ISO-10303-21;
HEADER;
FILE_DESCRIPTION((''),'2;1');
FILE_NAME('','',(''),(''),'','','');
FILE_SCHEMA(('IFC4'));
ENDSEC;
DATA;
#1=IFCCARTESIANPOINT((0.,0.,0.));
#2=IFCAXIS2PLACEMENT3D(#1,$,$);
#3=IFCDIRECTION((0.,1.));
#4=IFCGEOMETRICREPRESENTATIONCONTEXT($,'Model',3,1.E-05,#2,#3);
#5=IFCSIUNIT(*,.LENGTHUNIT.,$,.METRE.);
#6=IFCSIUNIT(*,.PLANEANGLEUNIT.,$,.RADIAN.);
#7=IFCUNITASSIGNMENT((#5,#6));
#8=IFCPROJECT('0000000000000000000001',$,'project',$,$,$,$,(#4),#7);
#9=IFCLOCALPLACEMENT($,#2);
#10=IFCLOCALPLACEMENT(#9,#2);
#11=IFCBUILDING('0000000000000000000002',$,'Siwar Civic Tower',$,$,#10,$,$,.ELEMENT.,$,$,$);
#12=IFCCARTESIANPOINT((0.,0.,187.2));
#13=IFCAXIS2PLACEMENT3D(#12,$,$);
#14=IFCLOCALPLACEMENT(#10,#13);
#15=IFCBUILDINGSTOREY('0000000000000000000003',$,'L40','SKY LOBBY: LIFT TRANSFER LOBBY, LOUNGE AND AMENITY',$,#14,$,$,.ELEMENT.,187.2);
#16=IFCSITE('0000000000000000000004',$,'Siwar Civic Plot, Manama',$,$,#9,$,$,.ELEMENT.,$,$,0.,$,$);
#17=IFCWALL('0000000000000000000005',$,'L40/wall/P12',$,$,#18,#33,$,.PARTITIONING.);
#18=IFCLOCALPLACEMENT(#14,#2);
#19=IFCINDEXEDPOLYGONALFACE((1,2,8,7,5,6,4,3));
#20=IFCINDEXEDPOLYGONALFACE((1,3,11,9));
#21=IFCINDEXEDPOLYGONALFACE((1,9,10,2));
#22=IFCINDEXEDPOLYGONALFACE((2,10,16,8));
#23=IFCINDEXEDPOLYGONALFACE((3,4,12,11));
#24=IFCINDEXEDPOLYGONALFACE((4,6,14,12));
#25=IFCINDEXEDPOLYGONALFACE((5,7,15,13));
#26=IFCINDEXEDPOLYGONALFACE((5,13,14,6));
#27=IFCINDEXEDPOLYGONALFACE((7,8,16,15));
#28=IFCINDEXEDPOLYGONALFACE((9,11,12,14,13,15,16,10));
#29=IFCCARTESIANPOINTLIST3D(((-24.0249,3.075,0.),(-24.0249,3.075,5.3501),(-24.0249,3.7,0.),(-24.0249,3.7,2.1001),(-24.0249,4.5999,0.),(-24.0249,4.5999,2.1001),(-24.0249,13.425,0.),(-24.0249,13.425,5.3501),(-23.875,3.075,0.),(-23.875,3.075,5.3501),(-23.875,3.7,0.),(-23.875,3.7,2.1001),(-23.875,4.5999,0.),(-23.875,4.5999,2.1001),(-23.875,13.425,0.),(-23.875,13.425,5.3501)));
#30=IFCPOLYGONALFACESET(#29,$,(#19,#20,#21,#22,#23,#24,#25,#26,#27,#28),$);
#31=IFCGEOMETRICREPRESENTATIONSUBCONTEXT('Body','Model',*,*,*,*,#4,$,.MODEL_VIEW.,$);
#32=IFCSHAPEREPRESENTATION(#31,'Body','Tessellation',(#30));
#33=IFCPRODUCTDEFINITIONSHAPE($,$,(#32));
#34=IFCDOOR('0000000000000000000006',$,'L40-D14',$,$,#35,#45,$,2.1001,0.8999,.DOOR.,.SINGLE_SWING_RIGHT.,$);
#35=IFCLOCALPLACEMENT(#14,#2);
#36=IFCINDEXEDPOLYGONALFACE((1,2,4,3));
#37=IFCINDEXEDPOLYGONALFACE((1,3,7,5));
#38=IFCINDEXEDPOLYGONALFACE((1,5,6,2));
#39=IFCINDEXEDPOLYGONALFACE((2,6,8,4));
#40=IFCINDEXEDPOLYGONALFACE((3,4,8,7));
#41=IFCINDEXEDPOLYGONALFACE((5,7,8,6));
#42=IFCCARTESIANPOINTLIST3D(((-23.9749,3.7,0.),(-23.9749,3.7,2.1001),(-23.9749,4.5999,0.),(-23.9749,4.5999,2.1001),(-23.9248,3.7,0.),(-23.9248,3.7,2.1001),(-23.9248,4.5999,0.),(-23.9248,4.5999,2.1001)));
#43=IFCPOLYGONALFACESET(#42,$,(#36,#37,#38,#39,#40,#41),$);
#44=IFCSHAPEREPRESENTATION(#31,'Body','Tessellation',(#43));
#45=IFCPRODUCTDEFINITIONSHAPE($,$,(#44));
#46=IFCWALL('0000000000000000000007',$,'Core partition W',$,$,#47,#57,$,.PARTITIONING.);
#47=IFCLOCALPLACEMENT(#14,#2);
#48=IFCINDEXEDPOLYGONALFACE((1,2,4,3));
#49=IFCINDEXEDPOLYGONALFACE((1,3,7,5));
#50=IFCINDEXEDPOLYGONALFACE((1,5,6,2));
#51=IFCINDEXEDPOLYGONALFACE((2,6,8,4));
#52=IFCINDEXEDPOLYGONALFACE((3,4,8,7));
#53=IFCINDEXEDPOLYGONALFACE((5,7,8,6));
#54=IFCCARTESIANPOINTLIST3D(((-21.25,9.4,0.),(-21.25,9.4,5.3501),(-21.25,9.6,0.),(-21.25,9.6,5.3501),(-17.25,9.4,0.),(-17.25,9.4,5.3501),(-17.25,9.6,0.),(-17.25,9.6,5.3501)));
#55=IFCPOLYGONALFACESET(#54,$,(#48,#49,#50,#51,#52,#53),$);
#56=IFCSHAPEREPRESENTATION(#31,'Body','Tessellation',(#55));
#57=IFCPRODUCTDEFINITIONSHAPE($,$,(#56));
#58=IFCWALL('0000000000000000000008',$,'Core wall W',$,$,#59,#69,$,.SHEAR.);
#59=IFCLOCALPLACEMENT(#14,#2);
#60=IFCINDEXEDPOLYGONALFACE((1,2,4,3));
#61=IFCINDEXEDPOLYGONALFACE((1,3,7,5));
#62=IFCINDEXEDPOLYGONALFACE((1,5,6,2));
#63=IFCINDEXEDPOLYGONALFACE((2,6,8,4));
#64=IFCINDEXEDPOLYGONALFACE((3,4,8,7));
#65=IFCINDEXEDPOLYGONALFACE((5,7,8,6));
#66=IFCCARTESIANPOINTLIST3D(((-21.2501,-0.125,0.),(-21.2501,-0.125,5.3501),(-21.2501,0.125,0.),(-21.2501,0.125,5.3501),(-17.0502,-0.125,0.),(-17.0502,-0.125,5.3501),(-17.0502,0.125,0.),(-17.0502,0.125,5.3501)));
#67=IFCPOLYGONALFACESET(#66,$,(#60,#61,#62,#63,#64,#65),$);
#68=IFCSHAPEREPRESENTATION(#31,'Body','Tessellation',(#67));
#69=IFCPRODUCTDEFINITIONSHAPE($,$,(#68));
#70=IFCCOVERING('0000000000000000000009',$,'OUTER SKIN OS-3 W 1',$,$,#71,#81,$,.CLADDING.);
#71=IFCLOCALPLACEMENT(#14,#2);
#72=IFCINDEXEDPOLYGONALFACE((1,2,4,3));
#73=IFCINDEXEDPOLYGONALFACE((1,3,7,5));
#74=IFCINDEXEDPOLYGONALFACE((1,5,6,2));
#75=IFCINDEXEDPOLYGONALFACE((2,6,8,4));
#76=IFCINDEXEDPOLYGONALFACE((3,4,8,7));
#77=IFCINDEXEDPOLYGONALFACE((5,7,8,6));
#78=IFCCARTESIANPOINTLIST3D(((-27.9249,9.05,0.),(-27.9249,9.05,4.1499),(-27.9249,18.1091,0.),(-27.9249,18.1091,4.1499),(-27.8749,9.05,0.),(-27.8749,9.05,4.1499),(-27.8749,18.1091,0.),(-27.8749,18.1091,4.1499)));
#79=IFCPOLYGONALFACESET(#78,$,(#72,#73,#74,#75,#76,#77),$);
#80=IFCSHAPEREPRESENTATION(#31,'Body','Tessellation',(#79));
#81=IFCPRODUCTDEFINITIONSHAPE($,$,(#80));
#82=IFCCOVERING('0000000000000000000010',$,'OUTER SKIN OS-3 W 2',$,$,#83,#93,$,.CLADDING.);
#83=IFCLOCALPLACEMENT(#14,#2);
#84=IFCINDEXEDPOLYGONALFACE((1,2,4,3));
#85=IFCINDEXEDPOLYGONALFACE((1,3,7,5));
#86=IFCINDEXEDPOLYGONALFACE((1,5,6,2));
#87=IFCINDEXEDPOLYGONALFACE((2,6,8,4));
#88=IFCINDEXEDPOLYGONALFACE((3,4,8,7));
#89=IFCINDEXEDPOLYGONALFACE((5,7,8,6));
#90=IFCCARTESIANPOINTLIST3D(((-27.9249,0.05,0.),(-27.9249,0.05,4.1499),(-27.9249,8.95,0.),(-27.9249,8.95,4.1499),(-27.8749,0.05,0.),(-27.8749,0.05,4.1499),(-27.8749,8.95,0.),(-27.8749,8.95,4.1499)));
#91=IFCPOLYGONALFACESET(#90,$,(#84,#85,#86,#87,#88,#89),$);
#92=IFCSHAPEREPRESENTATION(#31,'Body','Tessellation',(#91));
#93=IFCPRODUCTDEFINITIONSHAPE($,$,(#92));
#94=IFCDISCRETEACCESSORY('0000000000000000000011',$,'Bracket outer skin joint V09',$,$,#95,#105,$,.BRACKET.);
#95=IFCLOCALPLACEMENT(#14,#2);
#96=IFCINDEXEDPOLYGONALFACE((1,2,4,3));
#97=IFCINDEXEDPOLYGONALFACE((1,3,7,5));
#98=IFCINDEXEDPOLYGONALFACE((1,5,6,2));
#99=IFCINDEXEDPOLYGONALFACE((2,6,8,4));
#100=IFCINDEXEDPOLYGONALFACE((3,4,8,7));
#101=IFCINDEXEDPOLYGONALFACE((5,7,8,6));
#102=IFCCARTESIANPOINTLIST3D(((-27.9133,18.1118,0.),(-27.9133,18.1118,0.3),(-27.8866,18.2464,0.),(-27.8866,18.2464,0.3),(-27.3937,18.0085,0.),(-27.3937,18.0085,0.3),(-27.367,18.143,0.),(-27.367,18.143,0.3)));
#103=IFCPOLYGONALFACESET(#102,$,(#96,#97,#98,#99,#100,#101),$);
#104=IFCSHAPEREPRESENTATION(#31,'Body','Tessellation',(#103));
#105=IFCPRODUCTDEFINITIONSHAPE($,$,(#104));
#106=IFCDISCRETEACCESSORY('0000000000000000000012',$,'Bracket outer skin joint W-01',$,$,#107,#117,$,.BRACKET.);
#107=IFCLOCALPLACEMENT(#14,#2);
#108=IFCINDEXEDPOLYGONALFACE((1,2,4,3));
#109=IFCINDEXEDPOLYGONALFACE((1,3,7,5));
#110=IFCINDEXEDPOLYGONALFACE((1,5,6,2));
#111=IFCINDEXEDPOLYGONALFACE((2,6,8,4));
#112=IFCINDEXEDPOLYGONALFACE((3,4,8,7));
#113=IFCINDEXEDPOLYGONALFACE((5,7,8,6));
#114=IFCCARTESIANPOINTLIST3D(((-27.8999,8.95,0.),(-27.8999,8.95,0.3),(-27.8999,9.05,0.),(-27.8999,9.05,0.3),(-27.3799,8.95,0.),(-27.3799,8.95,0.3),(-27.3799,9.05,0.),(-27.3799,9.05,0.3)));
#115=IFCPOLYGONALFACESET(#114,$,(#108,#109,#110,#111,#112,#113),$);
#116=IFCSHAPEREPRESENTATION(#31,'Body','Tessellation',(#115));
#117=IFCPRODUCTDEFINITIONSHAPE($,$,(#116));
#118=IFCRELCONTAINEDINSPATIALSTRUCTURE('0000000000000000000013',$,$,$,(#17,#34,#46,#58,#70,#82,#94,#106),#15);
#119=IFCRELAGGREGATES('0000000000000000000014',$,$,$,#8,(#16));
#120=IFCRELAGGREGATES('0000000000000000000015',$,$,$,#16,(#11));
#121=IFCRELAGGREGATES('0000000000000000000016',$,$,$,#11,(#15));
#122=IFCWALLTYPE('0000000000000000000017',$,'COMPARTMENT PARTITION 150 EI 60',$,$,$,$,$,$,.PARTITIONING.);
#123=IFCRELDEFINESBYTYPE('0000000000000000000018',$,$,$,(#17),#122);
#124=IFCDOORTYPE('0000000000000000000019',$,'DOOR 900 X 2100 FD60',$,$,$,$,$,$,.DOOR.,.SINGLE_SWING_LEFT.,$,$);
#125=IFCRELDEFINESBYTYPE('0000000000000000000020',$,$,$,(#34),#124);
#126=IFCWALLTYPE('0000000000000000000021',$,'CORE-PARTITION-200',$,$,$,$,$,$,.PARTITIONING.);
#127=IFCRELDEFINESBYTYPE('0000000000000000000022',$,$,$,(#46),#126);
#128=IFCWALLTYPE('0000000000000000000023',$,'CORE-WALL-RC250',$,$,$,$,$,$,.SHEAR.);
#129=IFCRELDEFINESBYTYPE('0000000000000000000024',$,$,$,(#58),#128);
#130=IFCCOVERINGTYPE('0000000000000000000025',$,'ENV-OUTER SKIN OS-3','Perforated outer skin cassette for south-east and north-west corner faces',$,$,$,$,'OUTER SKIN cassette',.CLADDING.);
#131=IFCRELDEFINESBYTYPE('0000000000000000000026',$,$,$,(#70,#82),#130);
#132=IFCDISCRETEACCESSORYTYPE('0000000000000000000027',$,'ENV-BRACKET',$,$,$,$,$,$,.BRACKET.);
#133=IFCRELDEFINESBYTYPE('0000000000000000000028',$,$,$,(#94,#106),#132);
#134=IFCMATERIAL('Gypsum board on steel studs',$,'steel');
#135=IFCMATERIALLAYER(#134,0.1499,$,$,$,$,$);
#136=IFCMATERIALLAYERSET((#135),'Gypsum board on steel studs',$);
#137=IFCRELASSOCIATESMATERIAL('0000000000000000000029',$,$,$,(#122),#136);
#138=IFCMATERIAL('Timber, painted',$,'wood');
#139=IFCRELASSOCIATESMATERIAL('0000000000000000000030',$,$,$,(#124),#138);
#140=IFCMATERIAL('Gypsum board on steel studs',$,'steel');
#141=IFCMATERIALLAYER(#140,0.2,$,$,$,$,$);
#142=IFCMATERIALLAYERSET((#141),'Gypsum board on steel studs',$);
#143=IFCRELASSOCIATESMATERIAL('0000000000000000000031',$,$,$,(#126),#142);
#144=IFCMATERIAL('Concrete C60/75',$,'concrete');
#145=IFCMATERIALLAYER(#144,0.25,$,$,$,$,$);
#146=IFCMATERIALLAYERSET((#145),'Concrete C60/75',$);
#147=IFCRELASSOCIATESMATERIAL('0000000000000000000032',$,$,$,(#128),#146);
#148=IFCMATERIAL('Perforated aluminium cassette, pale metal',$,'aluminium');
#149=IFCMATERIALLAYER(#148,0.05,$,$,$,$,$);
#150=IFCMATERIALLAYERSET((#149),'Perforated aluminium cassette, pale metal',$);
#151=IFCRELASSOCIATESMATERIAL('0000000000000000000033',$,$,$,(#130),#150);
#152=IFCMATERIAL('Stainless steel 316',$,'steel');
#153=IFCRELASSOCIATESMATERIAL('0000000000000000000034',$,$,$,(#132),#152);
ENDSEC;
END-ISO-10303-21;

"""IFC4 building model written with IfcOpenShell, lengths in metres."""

from ifc_helpers import new_model, si_unit, direction, frame, frame_2d, origin, origin_2d, place, context, subcontext, project, spatial, rectangle, extrude, material, layer, layer_set, type_object, element, fill, save


model = new_model("IFC4")

# Units and contexts
model_context = context("Model", 3, precision=1e-05, world=origin(), true_north=direction((0.0, 1.0)))
body_context = subcontext(model_context, "Body", "Model", "MODEL_VIEW")
ifc_project = project(units=[si_unit("LENGTHUNIT", "METRE"), si_unit("PLANEANGLEUNIT", "RADIAN")], contexts=[model_context])

# Site, building, storey
site_placement = place(None, origin())
site = spatial("IfcSite", under=ifc_project, at=site_placement, Name="Siwar Civic Plot, Manama", CompositionType="ELEMENT", RefElevation=0.0)
building_placement = place(site_placement, origin())
building = spatial("IfcBuilding", under=site, at=building_placement, Name="Siwar Civic Tower", CompositionType="ELEMENT")
storey_placement = place(building_placement, frame((0.0, 0.0, 187.2)))
storey = spatial("IfcBuildingStorey", under=building, at=storey_placement, Name="L40", Description="SKY LOBBY: LIFT TRANSFER LOBBY, LOUNGE AND AMENITY", CompositionType="ELEMENT", Elevation=187.2)

# Shared definitions
ifc_material_1 = material(Name="Gypsum board on steel studs", Category="steel")
ifc_layer_1 = layer(ifc_material_1, 0.1499)
ifc_layer_set_1 = layer_set([ifc_layer_1], Name="Gypsum board on steel studs")
wall_type_1 = type_object("IfcWallType", Name="COMPARTMENT PARTITION 150 EI 60", PredefinedType="PARTITIONING", material=ifc_layer_set_1)

# Wall, opening, door
wall_1_placement = place(storey_placement, frame((-23.95, 3.075, 0.0), z_axis=(0.0, 0.0, 1.0), x_axis=(0.0, 1.0, 0.0)))
wall_1 = element("IfcWall", 1, at=wall_1_placement, inside=storey, type_object=wall_type_1, Name="L40/wall/P12", PredefinedType="PARTITIONING", context=body_context, shape_type="SweptSolid", body=[
    extrude(rectangle(XDim=10.3501, YDim=0.1499, at=frame_2d((5.175, 0.0))), origin(), (0.0, 0.0, 1.0), 5.3501),
])
opening_placement = place(wall_1_placement, frame((0.625, 0.0, 0.0)))
opening = element("IfcOpeningElement", 2, at=opening_placement, cuts=wall_1, PredefinedType="OPENING", context=body_context, shape_type="SweptSolid", body=[
    extrude(rectangle(XDim=0.8999, YDim=2.1001, at=frame_2d((0.45, 1.05))), frame((0.0, 0.085, 0.0), z_axis=(0.0, -1.0, 0.0), x_axis=(1.0, 0.0, 0.0)), (0.0, 0.0, 1.0), 0.1699),
])
ifc_material_2 = material(Name="Timber, painted", Category="wood")
door_type = type_object("IfcDoorType", Name="DOOR 900 X 2100 FD60", OperationType="SINGLE_SWING_LEFT", PredefinedType="DOOR", material=ifc_material_2)
door_placement = place(opening_placement, origin())
door = element("IfcDoor", 3, at=door_placement, inside=storey, type_object=door_type, Name="L40-D14", OperationType="SINGLE_SWING_RIGHT", OverallHeight=2.1001, OverallWidth=0.8999, PredefinedType="DOOR", context=body_context, shape_type="SweptSolid", body=[
    extrude(rectangle(XDim=0.8999, YDim=2.1001, at=frame_2d((0.45, 1.05))), frame((0.0, 0.0249, 0.0), z_axis=(0.0, -1.0, 0.0), x_axis=(1.0, 0.0, 0.0)), (0.0, 0.0, 1.0), 0.05),
])
fill(opening, door)

# Walls
ifc_material_3 = material(Name="Gypsum board on steel studs", Category="steel")
ifc_layer_2 = layer(ifc_material_3, 0.2)
ifc_layer_set_2 = layer_set([ifc_layer_2], Name="Gypsum board on steel studs")
wall_type_2 = type_object("IfcWallType", Name="CORE-PARTITION-200", PredefinedType="PARTITIONING", material=ifc_layer_set_2)
wall_2_placement = place(storey_placement, frame((-17.25, 9.5, 0.0), z_axis=(0.0, 0.0, 1.0), x_axis=(-1.0, 0.0, 0.0)))
element("IfcWall", 4, at=wall_2_placement, inside=storey, type_object=wall_type_2, Name="Core partition W", PredefinedType="PARTITIONING", context=body_context, shape_type="SweptSolid", body=[
    extrude(rectangle(XDim=4.0, YDim=0.2, at=frame_2d((2.0, 0.0))), origin(), (0.0, 0.0, 1.0), 5.3501),
])
ifc_material_4 = material(Name="Concrete C60/75", Category="concrete")
ifc_layer_3 = layer(ifc_material_4, 0.25)
ifc_layer_set_3 = layer_set([ifc_layer_3], Name="Concrete C60/75")
wall_type_3 = type_object("IfcWallType", Name="CORE-WALL-RC250", PredefinedType="SHEAR", material=ifc_layer_set_3)
wall_3_placement = place(storey_placement, frame((-17.05, 0.0, 0.0), z_axis=(0.0, 0.0, 1.0), x_axis=(-1.0, 0.0, 0.0)))
element("IfcWall", 5, at=wall_3_placement, inside=storey, type_object=wall_type_3, Name="Core wall W", PredefinedType="SHEAR", context=body_context, shape_type="SweptSolid", body=[
    extrude(rectangle(XDim=4.2, YDim=0.25, at=frame_2d((2.1001, 0.0))), origin(), (0.0, 0.0, 1.0), 5.3501),
])

# Coverings
ifc_material_5 = material(Name="Perforated aluminium cassette, pale metal", Category="aluminium")
ifc_layer_4 = layer(ifc_material_5, 0.05)
ifc_layer_set_4 = layer_set([ifc_layer_4], Name="Perforated aluminium cassette, pale metal")
covering_type = type_object("IfcCoveringType", Name="ENV-OUTER SKIN OS-3", Description="Perforated outer skin cassette for south-east and north-west corner faces", ElementType="OUTER SKIN cassette", PredefinedType="CLADDING", material=ifc_layer_set_4)
covering_1_placement = place(storey_placement, frame((-27.8999, 13.5796, 0.0), z_axis=(0.0, 0.0, 1.0), x_axis=(0.0, -1.0, 0.0)))
element("IfcCovering", 6, at=covering_1_placement, inside=storey, type_object=covering_type, Name="OUTER SKIN OS-3 W 1", PredefinedType="CLADDING", context=body_context, shape_type="SweptSolid", body=[
    extrude(rectangle(XDim=9.0591, YDim=0.05, at=origin_2d()), origin(), (0.0, 0.0, 1.0), 4.1499),
])
covering_2_placement = place(storey_placement, frame((-27.8999, 4.5, 0.0), z_axis=(0.0, 0.0, 1.0), x_axis=(0.0, -1.0, 0.0)))
element("IfcCovering", 7, at=covering_2_placement, inside=storey, type_object=covering_type, Name="OUTER SKIN OS-3 W 2", PredefinedType="CLADDING", context=body_context, shape_type="SweptSolid", body=[
    extrude(rectangle(XDim=8.8999, YDim=0.05, at=origin_2d()), origin(), (0.0, 0.0, 1.0), 4.1499),
])

# Discrete accessories
ifc_material_6 = material(Name="Stainless steel 316", Category="steel")
discrete_accessory_type = type_object("IfcDiscreteAccessoryType", Name="ENV-BRACKET", PredefinedType="BRACKET", material=ifc_material_6)
discrete_accessory_1_placement = place(storey_placement, frame((-27.6401, 18.1274, 0.0), z_axis=(0.0, 0.0, 1.0), x_axis=(-0.980785, 0.19509, 0.0)))
element("IfcDiscreteAccessory", 8, at=discrete_accessory_1_placement, inside=storey, type_object=discrete_accessory_type, Name="Bracket outer skin joint V09", PredefinedType="BRACKET", context=body_context, shape_type="SweptSolid", body=[
    extrude(rectangle(XDim=0.5298, YDim=0.1372, at=origin_2d()), origin(), (0.0, 0.0, 1.0), 0.3),
])
discrete_accessory_2_placement = place(storey_placement, frame((-27.6399, 9.0, 0.0), z_axis=(0.0, 0.0, 1.0), x_axis=(-1.0, 0.0, 0.0)))
element("IfcDiscreteAccessory", 9, at=discrete_accessory_2_placement, inside=storey, type_object=discrete_accessory_type, Name="Bracket outer skin joint W-01", PredefinedType="BRACKET", context=body_context, shape_type="SweptSolid", body=[
    extrude(rectangle(XDim=0.52, YDim=0.1001, at=origin_2d()), origin(), (0.0, 0.0, 1.0), 0.3),
])

save(model, "model.ifc")
